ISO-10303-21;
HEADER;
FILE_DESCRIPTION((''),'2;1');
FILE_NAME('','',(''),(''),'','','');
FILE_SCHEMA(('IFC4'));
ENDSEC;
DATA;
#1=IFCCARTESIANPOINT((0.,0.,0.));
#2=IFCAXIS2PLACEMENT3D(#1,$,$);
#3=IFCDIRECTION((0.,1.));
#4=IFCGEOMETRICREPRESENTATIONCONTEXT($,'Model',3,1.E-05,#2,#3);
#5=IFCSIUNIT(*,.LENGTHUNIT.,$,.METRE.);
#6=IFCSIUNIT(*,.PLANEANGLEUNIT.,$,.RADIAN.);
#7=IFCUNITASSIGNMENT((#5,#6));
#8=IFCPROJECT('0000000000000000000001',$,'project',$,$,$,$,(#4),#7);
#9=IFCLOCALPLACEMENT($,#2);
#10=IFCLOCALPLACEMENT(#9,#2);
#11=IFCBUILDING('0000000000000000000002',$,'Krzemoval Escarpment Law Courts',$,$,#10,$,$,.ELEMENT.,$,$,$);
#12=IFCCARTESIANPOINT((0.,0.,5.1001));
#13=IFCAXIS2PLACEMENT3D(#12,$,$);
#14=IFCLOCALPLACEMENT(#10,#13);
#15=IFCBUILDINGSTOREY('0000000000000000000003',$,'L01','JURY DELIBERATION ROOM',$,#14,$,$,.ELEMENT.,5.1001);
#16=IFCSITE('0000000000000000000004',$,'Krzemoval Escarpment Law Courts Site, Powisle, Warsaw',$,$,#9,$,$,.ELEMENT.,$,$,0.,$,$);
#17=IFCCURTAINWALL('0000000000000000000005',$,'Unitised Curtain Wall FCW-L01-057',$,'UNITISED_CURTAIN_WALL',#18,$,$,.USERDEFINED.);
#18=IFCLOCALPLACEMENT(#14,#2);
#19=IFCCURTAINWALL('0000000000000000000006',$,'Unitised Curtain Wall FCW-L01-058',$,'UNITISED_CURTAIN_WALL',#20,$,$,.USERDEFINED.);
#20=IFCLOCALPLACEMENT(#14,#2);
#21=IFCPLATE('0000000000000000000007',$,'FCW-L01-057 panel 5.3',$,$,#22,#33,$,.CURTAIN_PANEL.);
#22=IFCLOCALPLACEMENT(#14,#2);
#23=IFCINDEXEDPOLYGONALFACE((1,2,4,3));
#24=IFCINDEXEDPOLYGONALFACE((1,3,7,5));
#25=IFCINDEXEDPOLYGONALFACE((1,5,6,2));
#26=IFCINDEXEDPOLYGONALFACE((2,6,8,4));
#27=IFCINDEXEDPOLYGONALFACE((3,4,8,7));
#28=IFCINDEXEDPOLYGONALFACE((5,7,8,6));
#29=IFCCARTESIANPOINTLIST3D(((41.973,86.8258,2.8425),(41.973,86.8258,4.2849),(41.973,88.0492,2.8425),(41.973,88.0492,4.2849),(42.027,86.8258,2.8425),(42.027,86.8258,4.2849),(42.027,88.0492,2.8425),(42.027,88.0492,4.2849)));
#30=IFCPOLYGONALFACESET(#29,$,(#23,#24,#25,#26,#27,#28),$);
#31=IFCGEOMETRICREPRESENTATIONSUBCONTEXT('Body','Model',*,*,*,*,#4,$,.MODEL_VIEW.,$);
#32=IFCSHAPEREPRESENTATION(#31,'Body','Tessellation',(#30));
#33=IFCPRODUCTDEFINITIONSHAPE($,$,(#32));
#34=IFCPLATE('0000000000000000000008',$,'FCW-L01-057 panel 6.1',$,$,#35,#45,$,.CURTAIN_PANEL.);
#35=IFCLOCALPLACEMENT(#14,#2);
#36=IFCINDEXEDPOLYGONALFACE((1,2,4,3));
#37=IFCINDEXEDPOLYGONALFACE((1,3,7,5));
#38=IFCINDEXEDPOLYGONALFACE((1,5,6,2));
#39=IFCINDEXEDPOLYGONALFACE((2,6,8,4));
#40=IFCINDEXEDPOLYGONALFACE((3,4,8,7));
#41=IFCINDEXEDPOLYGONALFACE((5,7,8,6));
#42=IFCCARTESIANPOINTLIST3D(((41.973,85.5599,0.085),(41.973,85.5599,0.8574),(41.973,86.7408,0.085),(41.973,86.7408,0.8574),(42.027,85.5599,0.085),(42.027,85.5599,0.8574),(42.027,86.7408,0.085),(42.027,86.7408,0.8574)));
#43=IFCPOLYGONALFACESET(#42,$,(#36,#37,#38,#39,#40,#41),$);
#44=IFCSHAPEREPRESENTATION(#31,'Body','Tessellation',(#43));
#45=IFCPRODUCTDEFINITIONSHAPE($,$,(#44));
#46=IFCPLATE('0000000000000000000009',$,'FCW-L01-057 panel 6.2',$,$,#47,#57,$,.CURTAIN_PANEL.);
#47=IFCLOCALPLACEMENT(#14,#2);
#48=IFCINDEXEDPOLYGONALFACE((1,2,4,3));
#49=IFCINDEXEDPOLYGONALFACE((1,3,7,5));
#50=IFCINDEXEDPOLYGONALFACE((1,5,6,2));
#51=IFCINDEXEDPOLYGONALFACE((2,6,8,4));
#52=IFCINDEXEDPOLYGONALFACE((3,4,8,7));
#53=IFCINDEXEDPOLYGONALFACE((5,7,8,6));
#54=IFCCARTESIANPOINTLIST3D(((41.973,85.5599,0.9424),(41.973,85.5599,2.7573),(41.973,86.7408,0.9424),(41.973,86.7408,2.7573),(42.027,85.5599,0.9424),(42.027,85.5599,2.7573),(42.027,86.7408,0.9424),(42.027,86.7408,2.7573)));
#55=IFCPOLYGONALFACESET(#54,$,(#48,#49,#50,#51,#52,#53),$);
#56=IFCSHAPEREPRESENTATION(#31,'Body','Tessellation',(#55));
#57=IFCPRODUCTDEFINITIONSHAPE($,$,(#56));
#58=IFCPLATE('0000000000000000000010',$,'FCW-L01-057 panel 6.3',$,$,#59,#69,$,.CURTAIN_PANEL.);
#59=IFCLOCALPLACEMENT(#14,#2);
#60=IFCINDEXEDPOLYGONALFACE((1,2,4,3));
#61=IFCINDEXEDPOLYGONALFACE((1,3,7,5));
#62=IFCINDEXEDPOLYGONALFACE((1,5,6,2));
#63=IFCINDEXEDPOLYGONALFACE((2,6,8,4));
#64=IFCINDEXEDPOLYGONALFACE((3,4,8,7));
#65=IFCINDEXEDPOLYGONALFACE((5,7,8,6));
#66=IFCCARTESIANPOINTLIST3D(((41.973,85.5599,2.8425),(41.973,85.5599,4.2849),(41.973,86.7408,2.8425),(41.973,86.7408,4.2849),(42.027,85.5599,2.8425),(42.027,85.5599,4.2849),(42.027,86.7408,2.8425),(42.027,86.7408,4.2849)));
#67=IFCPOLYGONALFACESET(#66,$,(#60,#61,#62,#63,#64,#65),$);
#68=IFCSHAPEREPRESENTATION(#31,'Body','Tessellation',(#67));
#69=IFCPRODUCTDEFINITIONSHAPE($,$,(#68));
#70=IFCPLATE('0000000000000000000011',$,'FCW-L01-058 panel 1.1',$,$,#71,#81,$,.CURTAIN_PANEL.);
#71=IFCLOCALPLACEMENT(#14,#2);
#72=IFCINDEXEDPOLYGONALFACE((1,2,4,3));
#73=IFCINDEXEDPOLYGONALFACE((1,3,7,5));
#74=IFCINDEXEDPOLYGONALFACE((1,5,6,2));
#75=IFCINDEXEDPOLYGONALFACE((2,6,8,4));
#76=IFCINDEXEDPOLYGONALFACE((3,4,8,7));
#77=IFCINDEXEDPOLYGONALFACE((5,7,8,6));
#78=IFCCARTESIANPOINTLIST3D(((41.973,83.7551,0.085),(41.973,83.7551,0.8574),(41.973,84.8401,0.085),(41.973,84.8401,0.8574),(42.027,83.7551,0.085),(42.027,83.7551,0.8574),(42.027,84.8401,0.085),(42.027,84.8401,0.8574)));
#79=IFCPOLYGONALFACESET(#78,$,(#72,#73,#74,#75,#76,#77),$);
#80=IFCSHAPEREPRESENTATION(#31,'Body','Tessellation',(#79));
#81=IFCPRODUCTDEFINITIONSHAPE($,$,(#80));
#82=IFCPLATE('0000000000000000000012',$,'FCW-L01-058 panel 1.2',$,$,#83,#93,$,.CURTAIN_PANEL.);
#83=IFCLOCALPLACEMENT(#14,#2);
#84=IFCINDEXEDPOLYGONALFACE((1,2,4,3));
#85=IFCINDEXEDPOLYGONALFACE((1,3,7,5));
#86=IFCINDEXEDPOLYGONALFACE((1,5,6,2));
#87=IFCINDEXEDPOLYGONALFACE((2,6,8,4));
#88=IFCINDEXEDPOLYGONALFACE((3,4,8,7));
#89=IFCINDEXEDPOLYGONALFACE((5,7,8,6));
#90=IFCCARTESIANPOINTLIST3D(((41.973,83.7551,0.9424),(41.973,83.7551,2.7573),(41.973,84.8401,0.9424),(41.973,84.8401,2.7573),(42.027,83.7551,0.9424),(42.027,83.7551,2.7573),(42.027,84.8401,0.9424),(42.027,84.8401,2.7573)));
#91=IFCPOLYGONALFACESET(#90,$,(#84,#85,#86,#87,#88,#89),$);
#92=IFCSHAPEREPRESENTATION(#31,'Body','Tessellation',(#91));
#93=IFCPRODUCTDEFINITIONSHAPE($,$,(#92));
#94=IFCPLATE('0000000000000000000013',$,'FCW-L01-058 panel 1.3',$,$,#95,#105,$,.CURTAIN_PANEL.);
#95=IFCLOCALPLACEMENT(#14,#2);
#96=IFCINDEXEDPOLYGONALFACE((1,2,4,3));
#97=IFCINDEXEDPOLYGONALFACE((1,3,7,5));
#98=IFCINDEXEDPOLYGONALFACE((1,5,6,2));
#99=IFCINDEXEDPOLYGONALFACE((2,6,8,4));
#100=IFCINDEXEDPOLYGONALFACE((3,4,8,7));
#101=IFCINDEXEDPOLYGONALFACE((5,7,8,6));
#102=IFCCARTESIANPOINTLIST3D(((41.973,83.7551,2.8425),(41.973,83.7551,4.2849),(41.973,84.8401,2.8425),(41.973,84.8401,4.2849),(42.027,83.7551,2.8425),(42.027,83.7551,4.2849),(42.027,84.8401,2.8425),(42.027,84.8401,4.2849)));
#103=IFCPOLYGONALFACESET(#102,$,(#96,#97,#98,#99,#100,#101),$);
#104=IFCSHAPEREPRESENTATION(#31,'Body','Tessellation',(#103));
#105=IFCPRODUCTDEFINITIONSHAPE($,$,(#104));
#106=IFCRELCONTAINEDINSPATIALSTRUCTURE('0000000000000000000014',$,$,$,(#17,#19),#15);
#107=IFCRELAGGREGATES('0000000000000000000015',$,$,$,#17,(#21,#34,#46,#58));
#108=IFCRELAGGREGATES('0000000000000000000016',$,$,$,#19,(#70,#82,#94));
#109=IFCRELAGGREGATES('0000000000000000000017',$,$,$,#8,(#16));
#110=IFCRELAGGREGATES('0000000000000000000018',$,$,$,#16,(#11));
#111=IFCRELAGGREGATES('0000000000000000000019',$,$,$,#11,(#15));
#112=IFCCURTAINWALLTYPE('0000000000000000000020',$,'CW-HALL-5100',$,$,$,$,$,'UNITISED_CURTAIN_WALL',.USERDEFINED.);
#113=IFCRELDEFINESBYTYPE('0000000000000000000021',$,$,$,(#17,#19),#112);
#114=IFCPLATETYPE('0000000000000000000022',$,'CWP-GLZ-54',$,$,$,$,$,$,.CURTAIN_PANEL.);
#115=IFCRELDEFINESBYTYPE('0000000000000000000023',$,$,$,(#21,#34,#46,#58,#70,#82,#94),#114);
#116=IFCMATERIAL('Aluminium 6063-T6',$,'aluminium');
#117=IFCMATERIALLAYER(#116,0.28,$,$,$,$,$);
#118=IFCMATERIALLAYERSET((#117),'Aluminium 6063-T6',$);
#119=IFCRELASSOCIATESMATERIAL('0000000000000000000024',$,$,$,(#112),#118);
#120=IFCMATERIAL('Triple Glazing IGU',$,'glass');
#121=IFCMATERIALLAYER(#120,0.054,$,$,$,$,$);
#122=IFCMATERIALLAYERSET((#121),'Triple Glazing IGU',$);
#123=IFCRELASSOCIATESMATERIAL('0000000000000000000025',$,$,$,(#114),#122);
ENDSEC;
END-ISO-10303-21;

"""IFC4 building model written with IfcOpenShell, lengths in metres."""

from ifc_helpers import new_model, si_unit, direction, frame, origin, origin_2d, place, context, subcontext, project, spatial, rectangle, extrude, material, layer, layer_set, type_object, element, aggregate, save


model = new_model("IFC4")

# Units and contexts
model_context = context("Model", 3, precision=1e-05, world=origin(), true_north=direction((0.0, 1.0)))
body_context = subcontext(model_context, "Body", "Model", "MODEL_VIEW")
ifc_project = project(units=[si_unit("LENGTHUNIT", "METRE"), si_unit("PLANEANGLEUNIT", "RADIAN")], contexts=[model_context])

# Site, building, storey
site_placement = place(None, origin())
site = spatial("IfcSite", under=ifc_project, at=site_placement, Name="Krzemoval Escarpment Law Courts Site, Powisle, Warsaw", CompositionType="ELEMENT", RefElevation=0.0)
building_placement = place(site_placement, origin())
building = spatial("IfcBuilding", under=site, at=building_placement, Name="Krzemoval Escarpment Law Courts", CompositionType="ELEMENT")
storey_placement = place(building_placement, frame((0.0, 0.0, 5.1001)))
storey = spatial("IfcBuildingStorey", under=building, at=storey_placement, Name="L01", Description="JURY DELIBERATION ROOM", CompositionType="ELEMENT", Elevation=5.1001)

# Curtain walls
ifc_material_1 = material(Name="Aluminium 6063-T6", Category="aluminium")
ifc_layer_1 = layer(ifc_material_1, 0.28)
ifc_layer_set_1 = layer_set([ifc_layer_1], Name="Aluminium 6063-T6")
curtain_wall_type = type_object("IfcCurtainWallType", Name="CW-HALL-5100", ElementType="UNITISED_CURTAIN_WALL", PredefinedType="USERDEFINED", material=ifc_layer_set_1)
curtain_wall_1_placement = place(storey_placement, origin())
curtain_wall_1 = element("IfcCurtainWall", 1, at=curtain_wall_1_placement, inside=storey, type_object=curtain_wall_type, Name="Unitised Curtain Wall FCW-L01-057", ObjectType="UNITISED_CURTAIN_WALL", PredefinedType="USERDEFINED")
curtain_wall_2_placement = place(storey_placement, origin())
curtain_wall_2 = element("IfcCurtainWall", 2, at=curtain_wall_2_placement, inside=storey, type_object=curtain_wall_type, Name="Unitised Curtain Wall FCW-L01-058", ObjectType="UNITISED_CURTAIN_WALL", PredefinedType="USERDEFINED")

# Plates
ifc_material_2 = material(Name="Triple Glazing IGU", Category="glass")
ifc_layer_2 = layer(ifc_material_2, 0.054)
ifc_layer_set_2 = layer_set([ifc_layer_2], Name="Triple Glazing IGU")
plate_type = type_object("IfcPlateType", Name="CWP-GLZ-54", PredefinedType="CURTAIN_PANEL", material=ifc_layer_set_2)
plate_1_placement = place(storey_placement, frame((42.0, 87.4375, 2.8425), z_axis=(0.0, 0.0, 1.0), x_axis=(0.0, -1.0, 0.0)))
plate_1 = element("IfcPlate", 3, at=plate_1_placement, type_object=plate_type, Name="FCW-L01-057 panel 5.3", PredefinedType="CURTAIN_PANEL", context=body_context, shape_type="SweptSolid", body=[
    extrude(rectangle(XDim=1.2234, YDim=0.054, at=origin_2d()), origin(), (0.0, 0.0, 1.0), 1.4424),
])
plate_2_placement = place(storey_placement, frame((42.0, 86.1504, 0.085), z_axis=(0.0, 0.0, 1.0), x_axis=(0.0, -1.0, 0.0)))
plate_2 = element("IfcPlate", 4, at=plate_2_placement, type_object=plate_type, Name="FCW-L01-057 panel 6.1", PredefinedType="CURTAIN_PANEL", context=body_context, shape_type="SweptSolid", body=[
    extrude(rectangle(XDim=1.1809, YDim=0.054, at=origin_2d()), origin(), (0.0, 0.0, 1.0), 0.7725),
])
plate_3_placement = place(storey_placement, frame((42.0, 86.1504, 0.9424), z_axis=(0.0, 0.0, 1.0), x_axis=(0.0, -1.0, 0.0)))
plate_3 = element("IfcPlate", 5, at=plate_3_placement, type_object=plate_type, Name="FCW-L01-057 panel 6.2", PredefinedType="CURTAIN_PANEL", context=body_context, shape_type="SweptSolid", body=[
    extrude(rectangle(XDim=1.1809, YDim=0.054, at=origin_2d()), origin(), (0.0, 0.0, 1.0), 1.8149),
])
plate_4_placement = place(storey_placement, frame((42.0, 86.1504, 2.8425), z_axis=(0.0, 0.0, 1.0), x_axis=(0.0, -1.0, 0.0)))
plate_4 = element("IfcPlate", 6, at=plate_4_placement, type_object=plate_type, Name="FCW-L01-057 panel 6.3", PredefinedType="CURTAIN_PANEL", context=body_context, shape_type="SweptSolid", body=[
    extrude(rectangle(XDim=1.1809, YDim=0.054, at=origin_2d()), origin(), (0.0, 0.0, 1.0), 1.4424),
])
aggregate(curtain_wall_1, [plate_1, plate_2, plate_3, plate_4])
plate_5_placement = place(storey_placement, frame((42.0, 84.2976, 0.085), z_axis=(0.0, 0.0, 1.0), x_axis=(0.0, -1.0, 0.0)))
plate_5 = element("IfcPlate", 7, at=plate_5_placement, type_object=plate_type, Name="FCW-L01-058 panel 1.1", PredefinedType="CURTAIN_PANEL", context=body_context, shape_type="SweptSolid", body=[
    extrude(rectangle(XDim=1.085, YDim=0.054, at=origin_2d()), origin(), (0.0, 0.0, 1.0), 0.7725),
])
plate_6_placement = place(storey_placement, frame((42.0, 84.2976, 0.9424), z_axis=(0.0, 0.0, 1.0), x_axis=(0.0, -1.0, 0.0)))
plate_6 = element("IfcPlate", 8, at=plate_6_placement, type_object=plate_type, Name="FCW-L01-058 panel 1.2", PredefinedType="CURTAIN_PANEL", context=body_context, shape_type="SweptSolid", body=[
    extrude(rectangle(XDim=1.085, YDim=0.054, at=origin_2d()), origin(), (0.0, 0.0, 1.0), 1.8149),
])
plate_7_placement = place(storey_placement, frame((42.0, 84.2976, 2.8425), z_axis=(0.0, 0.0, 1.0), x_axis=(0.0, -1.0, 0.0)))
plate_7 = element("IfcPlate", 9, at=plate_7_placement, type_object=plate_type, Name="FCW-L01-058 panel 1.3", PredefinedType="CURTAIN_PANEL", context=body_context, shape_type="SweptSolid", body=[
    extrude(rectangle(XDim=1.085, YDim=0.054, at=origin_2d()), origin(), (0.0, 0.0, 1.0), 1.4424),
])
aggregate(curtain_wall_2, [plate_5, plate_6, plate_7])

save(model, "model.ifc")
